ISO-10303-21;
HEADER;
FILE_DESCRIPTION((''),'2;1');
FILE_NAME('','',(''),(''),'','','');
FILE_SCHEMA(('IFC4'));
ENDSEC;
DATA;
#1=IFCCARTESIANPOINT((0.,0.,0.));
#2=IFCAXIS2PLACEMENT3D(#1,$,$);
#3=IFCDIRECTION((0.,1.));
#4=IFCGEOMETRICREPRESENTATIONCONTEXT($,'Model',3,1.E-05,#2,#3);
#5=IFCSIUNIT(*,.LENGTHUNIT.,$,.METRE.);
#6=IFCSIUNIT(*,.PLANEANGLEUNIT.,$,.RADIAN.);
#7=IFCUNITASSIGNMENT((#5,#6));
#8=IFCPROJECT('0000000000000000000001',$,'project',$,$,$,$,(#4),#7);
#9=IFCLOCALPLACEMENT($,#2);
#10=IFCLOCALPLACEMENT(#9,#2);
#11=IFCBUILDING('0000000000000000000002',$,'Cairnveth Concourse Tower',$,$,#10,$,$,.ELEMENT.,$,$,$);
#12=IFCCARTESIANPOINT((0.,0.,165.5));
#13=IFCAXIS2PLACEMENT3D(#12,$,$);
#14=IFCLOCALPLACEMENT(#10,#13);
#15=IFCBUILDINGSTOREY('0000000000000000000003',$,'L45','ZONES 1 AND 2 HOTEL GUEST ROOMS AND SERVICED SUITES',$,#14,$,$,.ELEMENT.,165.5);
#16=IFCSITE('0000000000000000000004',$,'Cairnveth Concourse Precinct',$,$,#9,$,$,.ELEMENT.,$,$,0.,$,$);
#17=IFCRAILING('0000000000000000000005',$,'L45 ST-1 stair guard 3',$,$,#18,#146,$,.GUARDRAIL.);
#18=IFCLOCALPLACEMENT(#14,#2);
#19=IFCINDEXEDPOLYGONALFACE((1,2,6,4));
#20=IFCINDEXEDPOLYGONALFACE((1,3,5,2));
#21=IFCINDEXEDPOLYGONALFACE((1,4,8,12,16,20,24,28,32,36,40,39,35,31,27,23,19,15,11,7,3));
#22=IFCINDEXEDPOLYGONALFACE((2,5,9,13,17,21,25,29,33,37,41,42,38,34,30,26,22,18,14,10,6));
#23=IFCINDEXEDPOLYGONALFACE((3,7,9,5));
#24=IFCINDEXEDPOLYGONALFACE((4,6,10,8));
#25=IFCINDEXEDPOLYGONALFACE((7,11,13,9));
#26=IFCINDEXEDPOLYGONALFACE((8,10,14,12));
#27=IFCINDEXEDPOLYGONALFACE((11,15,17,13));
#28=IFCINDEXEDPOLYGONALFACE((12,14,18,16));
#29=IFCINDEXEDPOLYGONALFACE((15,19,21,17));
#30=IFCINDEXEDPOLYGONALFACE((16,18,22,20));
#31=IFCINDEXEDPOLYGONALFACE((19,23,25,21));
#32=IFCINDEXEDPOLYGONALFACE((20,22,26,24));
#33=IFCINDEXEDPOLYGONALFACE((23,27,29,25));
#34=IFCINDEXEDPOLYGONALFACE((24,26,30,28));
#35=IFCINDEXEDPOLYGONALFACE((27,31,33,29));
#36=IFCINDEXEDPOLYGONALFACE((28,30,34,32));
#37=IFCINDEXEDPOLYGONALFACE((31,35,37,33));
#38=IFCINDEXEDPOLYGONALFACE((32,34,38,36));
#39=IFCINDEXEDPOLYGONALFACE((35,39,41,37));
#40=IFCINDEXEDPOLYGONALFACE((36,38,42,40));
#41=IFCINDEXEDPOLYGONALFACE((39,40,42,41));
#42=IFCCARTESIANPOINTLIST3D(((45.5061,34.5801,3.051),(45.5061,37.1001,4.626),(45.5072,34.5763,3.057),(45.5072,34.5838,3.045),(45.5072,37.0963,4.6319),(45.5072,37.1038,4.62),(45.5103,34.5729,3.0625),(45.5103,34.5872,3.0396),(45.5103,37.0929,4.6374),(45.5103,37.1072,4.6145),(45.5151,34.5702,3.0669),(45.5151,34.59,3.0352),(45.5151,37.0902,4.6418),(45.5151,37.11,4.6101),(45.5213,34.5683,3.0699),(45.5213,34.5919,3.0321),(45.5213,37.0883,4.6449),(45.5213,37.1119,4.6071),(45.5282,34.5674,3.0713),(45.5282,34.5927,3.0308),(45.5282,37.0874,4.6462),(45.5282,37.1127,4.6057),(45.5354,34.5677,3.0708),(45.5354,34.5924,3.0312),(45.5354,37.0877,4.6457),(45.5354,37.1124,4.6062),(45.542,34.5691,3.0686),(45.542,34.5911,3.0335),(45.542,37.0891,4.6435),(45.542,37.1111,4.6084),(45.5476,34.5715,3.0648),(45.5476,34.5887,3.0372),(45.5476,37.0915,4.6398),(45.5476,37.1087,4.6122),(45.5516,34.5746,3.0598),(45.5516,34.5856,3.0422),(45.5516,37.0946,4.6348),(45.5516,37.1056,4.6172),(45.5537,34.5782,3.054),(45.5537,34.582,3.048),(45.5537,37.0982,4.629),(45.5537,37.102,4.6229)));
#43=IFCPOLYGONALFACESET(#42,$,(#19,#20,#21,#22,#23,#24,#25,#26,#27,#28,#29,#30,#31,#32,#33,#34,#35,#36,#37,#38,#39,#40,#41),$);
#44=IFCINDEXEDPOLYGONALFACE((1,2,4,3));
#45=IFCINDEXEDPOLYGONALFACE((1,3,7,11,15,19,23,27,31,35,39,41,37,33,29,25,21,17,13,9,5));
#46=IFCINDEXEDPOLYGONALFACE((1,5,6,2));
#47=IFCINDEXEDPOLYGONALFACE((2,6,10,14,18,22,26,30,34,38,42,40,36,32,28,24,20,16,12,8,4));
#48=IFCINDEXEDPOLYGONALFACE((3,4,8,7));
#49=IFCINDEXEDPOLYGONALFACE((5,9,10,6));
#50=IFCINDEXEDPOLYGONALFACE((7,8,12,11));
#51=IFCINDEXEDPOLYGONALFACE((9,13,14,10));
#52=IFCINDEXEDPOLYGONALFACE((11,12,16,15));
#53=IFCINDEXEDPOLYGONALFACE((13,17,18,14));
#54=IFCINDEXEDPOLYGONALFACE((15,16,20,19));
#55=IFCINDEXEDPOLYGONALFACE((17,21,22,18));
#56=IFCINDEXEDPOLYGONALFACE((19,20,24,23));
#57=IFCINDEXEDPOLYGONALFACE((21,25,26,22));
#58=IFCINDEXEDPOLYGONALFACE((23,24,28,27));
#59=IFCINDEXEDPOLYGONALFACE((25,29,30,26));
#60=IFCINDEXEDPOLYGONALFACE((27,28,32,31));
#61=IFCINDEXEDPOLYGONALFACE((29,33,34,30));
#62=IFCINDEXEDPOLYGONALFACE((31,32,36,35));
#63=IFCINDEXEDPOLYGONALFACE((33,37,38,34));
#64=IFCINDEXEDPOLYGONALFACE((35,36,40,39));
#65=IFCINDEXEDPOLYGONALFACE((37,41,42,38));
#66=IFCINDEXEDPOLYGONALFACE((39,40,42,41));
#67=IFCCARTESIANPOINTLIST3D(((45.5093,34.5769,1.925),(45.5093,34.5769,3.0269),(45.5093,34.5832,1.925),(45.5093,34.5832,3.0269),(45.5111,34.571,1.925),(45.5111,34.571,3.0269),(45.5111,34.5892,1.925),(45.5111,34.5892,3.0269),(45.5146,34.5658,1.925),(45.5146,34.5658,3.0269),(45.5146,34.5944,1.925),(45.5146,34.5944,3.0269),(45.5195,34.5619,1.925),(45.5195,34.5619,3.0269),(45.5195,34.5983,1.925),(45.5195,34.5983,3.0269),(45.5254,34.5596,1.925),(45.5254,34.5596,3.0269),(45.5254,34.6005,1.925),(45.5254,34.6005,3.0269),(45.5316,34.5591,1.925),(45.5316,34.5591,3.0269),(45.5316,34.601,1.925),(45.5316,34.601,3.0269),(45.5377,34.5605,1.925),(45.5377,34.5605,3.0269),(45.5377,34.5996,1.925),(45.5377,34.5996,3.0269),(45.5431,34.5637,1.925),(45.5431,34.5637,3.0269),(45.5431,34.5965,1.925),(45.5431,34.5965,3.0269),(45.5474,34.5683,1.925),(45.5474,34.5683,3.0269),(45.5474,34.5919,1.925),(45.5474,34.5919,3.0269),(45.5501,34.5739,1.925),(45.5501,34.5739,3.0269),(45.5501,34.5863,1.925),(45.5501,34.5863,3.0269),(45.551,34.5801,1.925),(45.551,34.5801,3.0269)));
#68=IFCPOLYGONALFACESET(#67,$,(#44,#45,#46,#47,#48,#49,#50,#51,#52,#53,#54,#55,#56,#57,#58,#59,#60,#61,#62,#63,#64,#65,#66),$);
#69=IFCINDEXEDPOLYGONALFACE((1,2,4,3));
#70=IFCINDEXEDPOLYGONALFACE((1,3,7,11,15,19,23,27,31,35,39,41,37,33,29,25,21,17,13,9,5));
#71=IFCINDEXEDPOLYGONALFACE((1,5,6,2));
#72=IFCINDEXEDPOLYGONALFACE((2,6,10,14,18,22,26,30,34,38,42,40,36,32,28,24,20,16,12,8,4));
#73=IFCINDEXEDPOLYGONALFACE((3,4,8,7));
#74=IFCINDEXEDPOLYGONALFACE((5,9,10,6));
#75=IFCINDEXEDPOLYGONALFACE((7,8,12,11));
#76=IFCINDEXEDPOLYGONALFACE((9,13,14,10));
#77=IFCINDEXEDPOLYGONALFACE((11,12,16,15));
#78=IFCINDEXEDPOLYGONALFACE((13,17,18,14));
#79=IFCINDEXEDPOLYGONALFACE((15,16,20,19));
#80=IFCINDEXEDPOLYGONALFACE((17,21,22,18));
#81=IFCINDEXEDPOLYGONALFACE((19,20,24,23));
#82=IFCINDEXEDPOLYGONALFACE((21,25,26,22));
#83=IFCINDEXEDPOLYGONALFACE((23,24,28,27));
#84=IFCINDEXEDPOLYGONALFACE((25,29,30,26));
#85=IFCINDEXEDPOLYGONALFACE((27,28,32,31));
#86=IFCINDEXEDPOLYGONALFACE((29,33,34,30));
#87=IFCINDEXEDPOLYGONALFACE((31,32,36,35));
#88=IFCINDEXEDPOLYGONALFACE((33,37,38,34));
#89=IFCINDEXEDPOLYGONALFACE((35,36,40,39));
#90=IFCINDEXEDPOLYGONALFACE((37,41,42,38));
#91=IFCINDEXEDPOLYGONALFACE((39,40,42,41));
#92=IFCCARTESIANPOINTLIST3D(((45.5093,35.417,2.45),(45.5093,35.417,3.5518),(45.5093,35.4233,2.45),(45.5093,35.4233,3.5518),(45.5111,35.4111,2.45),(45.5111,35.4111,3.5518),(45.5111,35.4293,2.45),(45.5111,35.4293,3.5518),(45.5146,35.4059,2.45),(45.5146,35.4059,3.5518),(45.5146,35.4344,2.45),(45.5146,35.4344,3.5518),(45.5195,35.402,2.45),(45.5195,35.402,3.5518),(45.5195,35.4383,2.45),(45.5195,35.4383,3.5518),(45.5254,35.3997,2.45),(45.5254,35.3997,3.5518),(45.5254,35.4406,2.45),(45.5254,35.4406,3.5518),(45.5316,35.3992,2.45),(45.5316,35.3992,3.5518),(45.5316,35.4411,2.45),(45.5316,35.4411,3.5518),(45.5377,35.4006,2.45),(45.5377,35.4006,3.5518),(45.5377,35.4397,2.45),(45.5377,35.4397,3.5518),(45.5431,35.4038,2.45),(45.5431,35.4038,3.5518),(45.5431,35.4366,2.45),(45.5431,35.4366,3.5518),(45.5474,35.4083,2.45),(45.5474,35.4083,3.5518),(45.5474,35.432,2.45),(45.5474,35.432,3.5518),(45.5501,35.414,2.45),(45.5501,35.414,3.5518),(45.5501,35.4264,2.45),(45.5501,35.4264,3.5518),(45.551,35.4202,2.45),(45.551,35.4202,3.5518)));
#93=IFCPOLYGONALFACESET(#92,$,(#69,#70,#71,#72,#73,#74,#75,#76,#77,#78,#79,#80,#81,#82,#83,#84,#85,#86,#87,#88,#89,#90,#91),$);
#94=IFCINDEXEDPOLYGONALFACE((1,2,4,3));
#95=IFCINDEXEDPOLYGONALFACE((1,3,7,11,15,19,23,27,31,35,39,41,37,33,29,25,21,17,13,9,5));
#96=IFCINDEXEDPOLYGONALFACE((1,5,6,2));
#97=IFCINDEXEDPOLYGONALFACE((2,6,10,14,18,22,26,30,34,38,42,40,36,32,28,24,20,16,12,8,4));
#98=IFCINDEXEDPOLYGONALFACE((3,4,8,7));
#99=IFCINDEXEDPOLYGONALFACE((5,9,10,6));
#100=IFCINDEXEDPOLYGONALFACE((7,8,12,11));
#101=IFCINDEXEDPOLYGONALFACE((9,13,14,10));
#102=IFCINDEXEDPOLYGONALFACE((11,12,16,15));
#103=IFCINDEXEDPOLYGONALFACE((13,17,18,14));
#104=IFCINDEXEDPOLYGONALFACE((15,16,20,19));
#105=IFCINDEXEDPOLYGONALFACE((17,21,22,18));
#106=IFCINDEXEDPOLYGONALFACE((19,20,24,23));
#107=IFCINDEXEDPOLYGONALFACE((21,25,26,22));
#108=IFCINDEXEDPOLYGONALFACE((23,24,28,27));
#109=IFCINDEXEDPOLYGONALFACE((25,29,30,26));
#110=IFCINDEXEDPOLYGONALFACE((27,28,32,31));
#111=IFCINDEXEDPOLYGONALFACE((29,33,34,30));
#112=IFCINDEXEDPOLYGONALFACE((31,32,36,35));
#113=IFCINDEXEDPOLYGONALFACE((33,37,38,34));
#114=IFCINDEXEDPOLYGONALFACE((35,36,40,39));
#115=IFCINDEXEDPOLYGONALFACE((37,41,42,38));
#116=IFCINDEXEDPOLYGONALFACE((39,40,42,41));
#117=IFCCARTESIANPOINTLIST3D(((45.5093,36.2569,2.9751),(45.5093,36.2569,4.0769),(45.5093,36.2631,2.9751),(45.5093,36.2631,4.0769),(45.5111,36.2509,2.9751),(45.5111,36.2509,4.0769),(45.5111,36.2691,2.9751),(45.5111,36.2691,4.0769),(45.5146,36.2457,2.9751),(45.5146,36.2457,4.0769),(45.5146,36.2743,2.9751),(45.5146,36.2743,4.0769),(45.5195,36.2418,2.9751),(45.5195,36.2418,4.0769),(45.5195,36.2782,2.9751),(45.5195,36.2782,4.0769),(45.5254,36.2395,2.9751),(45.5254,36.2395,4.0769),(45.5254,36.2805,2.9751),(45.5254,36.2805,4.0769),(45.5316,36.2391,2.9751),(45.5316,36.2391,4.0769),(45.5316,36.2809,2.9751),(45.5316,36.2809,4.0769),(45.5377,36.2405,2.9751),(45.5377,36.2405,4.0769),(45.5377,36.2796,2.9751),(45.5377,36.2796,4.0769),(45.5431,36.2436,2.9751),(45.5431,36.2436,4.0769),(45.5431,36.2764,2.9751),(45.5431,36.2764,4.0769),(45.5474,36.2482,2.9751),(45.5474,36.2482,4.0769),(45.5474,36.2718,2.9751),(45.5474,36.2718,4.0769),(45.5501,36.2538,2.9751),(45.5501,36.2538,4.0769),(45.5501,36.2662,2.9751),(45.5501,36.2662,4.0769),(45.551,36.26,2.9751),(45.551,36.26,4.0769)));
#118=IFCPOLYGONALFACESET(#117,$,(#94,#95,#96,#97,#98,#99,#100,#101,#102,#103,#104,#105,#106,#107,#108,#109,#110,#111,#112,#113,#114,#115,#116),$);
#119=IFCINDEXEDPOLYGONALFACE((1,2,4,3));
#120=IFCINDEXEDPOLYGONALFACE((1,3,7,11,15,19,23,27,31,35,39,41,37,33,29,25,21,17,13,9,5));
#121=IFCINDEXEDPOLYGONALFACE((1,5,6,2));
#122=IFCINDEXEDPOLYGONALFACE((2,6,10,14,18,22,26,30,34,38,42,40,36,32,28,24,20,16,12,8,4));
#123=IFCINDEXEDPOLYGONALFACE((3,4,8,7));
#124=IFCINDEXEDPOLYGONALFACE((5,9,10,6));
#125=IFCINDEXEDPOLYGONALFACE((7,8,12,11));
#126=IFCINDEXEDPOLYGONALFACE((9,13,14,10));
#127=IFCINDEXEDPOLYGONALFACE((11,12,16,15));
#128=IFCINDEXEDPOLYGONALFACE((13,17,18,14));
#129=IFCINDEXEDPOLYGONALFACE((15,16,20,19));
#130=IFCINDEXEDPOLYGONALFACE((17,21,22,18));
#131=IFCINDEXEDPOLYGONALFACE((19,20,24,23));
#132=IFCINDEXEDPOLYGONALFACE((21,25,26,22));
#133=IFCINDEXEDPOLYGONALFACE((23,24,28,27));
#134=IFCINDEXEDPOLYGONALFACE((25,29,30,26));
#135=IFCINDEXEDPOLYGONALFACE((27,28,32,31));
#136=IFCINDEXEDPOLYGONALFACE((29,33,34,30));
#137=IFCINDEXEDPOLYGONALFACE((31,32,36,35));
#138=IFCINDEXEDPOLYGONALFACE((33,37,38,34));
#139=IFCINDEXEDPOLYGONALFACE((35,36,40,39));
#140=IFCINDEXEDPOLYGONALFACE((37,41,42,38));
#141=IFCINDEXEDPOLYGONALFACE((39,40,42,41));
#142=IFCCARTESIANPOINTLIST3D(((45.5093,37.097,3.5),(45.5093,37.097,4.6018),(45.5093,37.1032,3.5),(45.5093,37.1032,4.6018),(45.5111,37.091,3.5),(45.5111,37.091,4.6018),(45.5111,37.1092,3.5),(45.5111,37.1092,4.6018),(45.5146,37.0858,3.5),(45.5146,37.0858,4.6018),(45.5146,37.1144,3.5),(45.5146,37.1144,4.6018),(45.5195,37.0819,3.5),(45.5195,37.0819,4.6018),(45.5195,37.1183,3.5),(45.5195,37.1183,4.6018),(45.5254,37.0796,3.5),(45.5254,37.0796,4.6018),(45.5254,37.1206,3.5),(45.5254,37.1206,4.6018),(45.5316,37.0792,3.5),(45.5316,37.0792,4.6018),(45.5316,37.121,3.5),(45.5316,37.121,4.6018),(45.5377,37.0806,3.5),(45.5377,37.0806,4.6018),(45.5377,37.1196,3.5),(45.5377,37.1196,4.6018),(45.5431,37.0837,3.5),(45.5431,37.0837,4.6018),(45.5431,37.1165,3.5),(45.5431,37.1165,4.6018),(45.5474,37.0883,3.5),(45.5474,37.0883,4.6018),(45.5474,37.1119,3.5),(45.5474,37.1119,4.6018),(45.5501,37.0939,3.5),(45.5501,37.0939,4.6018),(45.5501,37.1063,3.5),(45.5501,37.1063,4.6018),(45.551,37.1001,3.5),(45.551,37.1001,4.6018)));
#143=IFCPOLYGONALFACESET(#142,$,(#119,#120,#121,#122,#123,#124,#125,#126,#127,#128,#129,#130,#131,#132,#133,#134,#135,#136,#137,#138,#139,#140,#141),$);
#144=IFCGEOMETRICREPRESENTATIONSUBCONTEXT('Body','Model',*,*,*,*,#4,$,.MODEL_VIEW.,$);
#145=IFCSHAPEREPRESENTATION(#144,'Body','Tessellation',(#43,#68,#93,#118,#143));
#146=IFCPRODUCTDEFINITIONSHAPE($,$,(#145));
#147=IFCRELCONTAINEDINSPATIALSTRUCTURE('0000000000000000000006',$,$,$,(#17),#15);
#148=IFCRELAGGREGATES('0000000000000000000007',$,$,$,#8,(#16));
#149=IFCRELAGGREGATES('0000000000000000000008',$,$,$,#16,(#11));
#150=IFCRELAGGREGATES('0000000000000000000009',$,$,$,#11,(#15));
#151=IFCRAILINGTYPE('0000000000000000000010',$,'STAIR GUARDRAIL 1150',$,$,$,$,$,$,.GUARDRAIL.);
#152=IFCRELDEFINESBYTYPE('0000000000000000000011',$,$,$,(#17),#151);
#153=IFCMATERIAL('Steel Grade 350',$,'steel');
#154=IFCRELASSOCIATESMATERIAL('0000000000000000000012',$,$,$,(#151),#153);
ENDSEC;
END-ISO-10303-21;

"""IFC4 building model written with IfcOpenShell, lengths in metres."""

from ifc_helpers import new_model, si_unit, direction, frame, origin, origin_2d, place, context, subcontext, project, spatial, circle, extrude, material, type_object, element, save


model = new_model("IFC4")

# Units and contexts
model_context = context("Model", 3, precision=1e-05, world=origin(), true_north=direction((0.0, 1.0)))
body_context = subcontext(model_context, "Body", "Model", "MODEL_VIEW")
ifc_project = project(units=[si_unit("LENGTHUNIT", "METRE"), si_unit("PLANEANGLEUNIT", "RADIAN")], contexts=[model_context])

# Site, building, storey
site_placement = place(None, origin())
site = spatial("IfcSite", under=ifc_project, at=site_placement, Name="Cairnveth Concourse Precinct", CompositionType="ELEMENT", RefElevation=0.0)
building_placement = place(site_placement, origin())
building = spatial("IfcBuilding", under=site, at=building_placement, Name="Cairnveth Concourse Tower", CompositionType="ELEMENT")
storey_placement = place(building_placement, frame((0.0, 0.0, 165.5)))
storey = spatial("IfcBuildingStorey", under=building, at=storey_placement, Name="L45", Description="ZONES 1 AND 2 HOTEL GUEST ROOMS AND SERVICED SUITES", CompositionType="ELEMENT", Elevation=165.5)

# Shared definitions
ifc_material_1 = material(Name="Steel Grade 350", Category="steel")

# Railing
railing_type_1 = type_object("IfcRailingType", Name="STAIR GUARDRAIL 1150", PredefinedType="GUARDRAIL", material=ifc_material_1)
railing_1_placement = place(storey_placement, frame((45.53, 34.5801, 1.925)))
element("IfcRailing", 1, at=railing_1_placement, inside=storey, type_object=railing_type_1, Name="L45 ST-1 stair guard 3", PredefinedType="GUARDRAIL", context=body_context, shape_type="SweptSolid", body=[
    extrude(circle(Radius=0.0239, at=origin_2d()), frame((0.0, 0.0, 1.126), z_axis=(0.0, 0.848008, 0.529984), x_axis=(-1.0, 0.0, 0.0)), (0.0, 0.0, 1.0), 2.9717),
    extrude(circle(Radius=0.021, at=origin_2d()), origin(), (0.0, 0.0, 1.0), 1.1018),
    extrude(circle(Radius=0.021, at=origin_2d()), frame((0.0, 0.8401, 0.5249)), (0.0, 0.0, 1.0), 1.1018),
    extrude(circle(Radius=0.021, at=origin_2d()), frame((0.0, 1.6799, 1.05)), (0.0, 0.0, 1.0), 1.1018),
    extrude(circle(Radius=0.021, at=origin_2d()), frame((0.0, 2.52, 1.575)), (0.0, 0.0, 1.0), 1.1018),
])

save(model, "model.ifc")
